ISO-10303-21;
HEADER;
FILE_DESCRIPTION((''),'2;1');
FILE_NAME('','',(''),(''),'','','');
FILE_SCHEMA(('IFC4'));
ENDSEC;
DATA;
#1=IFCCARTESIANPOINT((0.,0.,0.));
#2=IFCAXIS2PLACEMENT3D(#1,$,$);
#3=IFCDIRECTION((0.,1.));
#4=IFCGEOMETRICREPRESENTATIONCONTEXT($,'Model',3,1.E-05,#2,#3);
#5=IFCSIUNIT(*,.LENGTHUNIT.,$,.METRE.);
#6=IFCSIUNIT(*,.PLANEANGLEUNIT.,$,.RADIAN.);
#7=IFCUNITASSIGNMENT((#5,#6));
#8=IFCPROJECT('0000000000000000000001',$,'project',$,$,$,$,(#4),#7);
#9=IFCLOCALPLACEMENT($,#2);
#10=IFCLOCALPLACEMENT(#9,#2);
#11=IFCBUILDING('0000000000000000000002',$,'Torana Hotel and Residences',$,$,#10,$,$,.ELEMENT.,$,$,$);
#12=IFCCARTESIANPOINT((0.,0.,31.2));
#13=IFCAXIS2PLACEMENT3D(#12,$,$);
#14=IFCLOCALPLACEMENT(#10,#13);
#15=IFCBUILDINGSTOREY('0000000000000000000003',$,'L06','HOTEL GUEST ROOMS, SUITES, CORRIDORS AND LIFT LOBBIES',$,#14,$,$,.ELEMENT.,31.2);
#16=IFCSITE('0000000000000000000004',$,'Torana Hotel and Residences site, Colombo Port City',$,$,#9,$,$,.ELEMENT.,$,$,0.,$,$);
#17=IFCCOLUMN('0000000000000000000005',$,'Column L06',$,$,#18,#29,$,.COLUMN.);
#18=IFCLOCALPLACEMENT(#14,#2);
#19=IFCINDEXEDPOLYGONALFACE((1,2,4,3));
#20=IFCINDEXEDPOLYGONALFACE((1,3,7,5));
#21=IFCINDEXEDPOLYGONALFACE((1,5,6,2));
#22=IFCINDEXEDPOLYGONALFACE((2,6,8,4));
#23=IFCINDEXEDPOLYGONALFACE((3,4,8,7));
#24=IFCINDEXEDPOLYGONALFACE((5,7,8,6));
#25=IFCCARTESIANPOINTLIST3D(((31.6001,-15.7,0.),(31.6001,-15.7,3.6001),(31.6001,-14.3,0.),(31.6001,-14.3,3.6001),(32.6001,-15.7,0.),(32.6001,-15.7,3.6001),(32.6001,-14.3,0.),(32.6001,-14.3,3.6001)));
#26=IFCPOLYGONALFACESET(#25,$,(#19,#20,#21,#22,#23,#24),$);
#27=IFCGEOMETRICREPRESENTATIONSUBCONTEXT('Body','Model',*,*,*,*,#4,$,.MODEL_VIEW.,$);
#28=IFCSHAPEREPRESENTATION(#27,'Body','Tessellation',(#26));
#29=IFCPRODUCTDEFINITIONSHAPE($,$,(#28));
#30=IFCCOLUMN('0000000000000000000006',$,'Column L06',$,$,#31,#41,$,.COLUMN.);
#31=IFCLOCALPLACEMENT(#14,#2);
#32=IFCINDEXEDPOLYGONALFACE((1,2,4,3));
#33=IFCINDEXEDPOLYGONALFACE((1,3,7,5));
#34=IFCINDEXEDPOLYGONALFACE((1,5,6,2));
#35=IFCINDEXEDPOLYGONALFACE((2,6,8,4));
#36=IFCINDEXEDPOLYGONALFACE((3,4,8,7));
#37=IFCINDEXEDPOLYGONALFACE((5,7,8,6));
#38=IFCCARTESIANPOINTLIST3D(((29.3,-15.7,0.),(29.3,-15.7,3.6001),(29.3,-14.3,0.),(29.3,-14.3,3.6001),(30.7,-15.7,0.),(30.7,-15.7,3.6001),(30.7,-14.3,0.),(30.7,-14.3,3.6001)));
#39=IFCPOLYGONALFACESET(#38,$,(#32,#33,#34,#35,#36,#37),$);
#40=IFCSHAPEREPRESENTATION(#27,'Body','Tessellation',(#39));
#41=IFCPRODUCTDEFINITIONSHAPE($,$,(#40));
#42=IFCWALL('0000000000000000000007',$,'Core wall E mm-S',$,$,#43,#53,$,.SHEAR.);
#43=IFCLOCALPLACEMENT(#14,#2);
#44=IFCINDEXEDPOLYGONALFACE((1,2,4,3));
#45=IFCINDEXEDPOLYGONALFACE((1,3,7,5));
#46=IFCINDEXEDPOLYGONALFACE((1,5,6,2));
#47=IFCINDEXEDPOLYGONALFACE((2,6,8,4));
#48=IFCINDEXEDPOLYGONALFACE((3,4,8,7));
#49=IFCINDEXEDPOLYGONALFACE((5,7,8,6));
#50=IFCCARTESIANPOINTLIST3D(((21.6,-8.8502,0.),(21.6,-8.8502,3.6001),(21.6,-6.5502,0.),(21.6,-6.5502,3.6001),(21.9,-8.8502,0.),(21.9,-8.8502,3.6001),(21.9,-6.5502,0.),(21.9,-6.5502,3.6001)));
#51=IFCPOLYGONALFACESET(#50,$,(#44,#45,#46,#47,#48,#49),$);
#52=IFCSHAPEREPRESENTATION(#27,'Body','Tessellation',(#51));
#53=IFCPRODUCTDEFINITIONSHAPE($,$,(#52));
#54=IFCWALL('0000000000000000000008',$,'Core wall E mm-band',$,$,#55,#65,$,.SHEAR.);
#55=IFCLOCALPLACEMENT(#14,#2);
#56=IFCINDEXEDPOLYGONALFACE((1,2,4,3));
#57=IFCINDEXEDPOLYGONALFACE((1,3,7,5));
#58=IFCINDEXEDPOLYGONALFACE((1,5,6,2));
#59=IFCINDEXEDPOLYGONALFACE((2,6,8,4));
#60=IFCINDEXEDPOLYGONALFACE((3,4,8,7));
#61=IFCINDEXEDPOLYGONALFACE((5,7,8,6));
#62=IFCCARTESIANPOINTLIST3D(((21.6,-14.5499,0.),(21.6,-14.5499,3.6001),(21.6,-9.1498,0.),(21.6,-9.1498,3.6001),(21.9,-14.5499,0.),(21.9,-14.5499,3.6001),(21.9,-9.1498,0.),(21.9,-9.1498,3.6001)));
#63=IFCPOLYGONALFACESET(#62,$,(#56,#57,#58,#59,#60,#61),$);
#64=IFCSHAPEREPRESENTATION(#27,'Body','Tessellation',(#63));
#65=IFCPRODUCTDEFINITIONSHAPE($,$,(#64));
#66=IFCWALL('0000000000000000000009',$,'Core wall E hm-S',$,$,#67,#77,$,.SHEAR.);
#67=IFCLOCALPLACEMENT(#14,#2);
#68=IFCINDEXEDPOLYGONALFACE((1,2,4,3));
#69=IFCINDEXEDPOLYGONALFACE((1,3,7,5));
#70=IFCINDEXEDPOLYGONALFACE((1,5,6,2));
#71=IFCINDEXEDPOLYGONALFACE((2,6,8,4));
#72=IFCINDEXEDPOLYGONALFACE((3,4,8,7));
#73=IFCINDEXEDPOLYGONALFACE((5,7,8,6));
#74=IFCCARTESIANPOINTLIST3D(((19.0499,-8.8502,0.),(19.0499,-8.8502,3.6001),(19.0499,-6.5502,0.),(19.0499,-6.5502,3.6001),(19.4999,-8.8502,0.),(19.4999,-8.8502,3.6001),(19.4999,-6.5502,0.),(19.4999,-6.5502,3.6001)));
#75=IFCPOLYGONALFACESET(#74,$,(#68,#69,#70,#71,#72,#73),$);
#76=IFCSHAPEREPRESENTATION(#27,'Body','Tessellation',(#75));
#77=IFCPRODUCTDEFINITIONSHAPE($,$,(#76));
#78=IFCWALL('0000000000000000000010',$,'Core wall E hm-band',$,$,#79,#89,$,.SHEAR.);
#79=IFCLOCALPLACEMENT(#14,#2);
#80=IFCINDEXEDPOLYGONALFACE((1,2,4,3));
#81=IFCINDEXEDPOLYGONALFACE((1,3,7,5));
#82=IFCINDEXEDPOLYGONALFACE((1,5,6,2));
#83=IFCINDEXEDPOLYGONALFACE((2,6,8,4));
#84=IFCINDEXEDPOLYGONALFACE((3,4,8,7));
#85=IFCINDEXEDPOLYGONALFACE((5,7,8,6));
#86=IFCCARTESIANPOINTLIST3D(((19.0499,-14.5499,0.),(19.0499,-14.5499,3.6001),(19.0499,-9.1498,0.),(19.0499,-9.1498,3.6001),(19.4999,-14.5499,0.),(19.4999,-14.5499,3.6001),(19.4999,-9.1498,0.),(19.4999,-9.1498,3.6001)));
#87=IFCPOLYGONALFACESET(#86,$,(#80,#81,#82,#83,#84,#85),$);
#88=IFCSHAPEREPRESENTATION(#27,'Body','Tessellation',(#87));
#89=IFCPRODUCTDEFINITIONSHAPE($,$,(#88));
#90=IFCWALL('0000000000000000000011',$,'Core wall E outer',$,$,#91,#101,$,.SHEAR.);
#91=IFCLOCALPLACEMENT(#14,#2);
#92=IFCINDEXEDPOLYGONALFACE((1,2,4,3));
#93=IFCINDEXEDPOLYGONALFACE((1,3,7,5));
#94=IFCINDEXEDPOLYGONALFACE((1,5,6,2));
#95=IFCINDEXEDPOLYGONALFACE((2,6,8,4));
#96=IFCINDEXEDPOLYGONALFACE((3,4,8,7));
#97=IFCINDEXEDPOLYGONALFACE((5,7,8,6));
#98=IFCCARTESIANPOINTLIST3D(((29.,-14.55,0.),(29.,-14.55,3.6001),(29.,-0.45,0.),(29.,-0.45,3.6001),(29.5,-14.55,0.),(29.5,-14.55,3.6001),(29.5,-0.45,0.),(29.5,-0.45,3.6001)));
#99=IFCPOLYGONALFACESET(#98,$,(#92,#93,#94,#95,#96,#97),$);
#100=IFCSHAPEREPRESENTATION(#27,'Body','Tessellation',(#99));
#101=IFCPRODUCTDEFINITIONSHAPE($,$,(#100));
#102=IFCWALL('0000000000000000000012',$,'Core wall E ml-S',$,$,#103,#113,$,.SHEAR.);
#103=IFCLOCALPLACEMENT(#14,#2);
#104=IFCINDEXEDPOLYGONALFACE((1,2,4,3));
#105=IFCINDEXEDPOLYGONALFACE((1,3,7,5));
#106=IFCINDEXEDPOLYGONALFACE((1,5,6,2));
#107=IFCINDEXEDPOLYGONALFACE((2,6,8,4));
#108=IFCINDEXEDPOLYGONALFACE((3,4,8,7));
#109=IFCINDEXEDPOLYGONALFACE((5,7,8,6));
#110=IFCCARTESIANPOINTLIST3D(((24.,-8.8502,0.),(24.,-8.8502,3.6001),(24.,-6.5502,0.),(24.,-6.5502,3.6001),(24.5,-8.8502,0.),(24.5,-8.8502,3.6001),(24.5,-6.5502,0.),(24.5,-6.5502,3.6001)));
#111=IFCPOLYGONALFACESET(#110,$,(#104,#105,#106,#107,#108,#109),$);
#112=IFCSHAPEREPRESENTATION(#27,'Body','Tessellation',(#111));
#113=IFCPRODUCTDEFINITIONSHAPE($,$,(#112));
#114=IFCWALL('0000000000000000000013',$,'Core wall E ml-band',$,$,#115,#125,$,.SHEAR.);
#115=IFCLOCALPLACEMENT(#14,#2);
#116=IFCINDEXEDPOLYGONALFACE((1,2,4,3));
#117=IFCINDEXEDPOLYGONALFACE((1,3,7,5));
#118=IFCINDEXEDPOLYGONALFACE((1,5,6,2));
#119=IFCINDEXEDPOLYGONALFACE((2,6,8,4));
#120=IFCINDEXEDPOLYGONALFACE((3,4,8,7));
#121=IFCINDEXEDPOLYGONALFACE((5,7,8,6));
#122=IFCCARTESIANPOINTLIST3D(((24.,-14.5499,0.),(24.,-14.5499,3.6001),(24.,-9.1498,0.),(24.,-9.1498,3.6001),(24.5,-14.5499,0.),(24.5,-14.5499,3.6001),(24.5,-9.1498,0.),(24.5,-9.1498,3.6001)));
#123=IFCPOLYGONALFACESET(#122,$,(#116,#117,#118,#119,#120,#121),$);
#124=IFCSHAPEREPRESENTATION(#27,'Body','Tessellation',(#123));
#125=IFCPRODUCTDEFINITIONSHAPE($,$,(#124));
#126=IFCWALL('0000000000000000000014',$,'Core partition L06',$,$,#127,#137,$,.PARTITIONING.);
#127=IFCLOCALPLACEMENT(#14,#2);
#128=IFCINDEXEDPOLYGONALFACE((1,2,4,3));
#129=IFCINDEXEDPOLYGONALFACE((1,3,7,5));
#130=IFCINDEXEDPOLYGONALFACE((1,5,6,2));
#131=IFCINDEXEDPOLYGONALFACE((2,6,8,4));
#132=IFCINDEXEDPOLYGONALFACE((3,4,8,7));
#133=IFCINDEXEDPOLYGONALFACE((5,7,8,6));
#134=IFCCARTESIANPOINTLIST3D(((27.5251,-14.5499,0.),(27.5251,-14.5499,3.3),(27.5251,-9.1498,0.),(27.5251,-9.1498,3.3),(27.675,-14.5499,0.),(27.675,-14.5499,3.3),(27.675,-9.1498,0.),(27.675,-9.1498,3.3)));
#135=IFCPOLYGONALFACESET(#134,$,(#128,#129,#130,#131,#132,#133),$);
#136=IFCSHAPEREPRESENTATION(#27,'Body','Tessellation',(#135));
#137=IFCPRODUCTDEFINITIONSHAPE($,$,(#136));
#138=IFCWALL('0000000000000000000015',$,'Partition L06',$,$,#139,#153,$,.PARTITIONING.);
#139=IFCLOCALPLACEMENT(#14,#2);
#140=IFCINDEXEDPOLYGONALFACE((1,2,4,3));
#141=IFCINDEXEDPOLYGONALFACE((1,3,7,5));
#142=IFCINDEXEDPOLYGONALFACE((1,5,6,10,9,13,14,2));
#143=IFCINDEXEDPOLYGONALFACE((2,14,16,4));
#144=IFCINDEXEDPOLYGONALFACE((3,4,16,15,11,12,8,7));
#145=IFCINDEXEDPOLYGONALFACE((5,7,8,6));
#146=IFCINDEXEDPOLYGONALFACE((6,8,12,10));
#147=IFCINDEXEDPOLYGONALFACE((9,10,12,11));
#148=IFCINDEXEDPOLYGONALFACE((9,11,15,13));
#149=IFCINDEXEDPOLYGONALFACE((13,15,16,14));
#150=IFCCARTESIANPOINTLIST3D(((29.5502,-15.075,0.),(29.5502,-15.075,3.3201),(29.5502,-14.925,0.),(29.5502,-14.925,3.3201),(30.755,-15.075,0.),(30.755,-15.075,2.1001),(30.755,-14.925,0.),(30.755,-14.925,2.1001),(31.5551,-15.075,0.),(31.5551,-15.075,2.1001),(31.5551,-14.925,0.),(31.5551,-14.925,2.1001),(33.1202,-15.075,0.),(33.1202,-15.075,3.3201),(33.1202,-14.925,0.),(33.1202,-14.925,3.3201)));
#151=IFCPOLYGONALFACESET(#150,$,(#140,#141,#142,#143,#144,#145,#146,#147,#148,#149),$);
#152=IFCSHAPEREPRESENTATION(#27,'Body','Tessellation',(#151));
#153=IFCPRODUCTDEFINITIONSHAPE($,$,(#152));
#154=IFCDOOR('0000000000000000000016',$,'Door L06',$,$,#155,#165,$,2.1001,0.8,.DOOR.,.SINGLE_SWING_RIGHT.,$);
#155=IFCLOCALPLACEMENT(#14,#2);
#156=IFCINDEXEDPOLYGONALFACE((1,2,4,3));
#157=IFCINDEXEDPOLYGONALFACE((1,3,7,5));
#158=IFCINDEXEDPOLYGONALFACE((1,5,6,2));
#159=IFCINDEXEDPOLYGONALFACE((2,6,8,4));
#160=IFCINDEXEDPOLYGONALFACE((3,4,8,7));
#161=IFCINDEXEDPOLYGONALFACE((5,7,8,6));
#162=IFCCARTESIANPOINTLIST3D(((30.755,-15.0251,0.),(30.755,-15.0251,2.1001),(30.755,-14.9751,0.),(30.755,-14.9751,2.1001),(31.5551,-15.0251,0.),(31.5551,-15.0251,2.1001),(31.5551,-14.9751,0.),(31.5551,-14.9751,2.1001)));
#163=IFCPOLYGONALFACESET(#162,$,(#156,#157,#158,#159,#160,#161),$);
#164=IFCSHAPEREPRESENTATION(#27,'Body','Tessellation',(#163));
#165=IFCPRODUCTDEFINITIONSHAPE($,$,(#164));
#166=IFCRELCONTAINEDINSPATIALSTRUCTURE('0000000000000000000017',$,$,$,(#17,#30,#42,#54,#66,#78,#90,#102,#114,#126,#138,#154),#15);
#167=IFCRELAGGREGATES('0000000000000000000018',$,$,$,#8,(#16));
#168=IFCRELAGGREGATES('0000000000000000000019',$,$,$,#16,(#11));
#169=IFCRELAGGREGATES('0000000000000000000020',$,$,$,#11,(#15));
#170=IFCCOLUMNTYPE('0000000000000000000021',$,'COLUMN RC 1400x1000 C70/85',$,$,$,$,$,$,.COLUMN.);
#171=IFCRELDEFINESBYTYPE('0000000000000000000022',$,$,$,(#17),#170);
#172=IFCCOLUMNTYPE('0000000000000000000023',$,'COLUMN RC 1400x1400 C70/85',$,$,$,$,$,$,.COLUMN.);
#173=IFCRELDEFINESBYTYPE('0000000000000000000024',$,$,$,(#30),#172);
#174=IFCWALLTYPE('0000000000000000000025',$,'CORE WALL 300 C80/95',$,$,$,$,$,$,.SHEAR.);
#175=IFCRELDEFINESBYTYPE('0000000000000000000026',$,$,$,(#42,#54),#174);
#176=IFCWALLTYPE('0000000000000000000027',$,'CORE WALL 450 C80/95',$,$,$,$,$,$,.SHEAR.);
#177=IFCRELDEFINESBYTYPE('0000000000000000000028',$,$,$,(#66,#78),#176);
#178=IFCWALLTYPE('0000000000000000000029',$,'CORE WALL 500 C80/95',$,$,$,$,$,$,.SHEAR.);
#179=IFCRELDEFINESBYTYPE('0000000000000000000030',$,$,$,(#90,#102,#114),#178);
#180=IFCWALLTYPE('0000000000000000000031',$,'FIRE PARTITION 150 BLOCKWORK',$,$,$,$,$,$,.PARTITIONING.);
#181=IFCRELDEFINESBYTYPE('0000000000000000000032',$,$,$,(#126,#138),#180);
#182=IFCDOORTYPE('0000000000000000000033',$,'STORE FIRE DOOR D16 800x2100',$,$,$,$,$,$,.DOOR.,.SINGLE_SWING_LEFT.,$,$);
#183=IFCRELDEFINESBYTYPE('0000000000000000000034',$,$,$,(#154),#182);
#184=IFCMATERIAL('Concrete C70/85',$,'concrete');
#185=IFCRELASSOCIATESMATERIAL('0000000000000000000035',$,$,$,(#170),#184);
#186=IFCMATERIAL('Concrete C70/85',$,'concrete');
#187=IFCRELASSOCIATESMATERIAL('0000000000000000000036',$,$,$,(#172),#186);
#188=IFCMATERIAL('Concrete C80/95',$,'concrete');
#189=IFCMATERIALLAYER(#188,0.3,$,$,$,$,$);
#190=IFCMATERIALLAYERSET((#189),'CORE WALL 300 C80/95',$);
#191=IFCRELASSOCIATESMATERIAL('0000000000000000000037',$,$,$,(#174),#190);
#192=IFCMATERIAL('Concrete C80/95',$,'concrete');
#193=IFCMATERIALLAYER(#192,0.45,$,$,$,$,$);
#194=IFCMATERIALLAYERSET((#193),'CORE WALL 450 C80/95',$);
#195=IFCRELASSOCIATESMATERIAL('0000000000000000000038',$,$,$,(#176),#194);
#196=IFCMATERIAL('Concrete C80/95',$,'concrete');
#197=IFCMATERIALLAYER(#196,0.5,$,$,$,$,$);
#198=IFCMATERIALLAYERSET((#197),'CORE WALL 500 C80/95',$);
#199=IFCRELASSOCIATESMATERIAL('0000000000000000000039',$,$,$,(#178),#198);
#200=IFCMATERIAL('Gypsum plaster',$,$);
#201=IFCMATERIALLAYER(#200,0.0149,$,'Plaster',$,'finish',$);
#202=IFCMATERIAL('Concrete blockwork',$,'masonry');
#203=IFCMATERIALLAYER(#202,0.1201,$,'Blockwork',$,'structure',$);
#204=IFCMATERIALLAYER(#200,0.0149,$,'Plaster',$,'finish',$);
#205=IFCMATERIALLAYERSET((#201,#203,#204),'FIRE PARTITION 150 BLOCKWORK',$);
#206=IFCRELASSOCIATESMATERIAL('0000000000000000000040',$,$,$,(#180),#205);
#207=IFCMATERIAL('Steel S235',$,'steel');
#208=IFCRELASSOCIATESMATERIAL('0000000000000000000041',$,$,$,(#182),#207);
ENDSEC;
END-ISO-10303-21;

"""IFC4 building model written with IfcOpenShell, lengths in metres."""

from ifc_helpers import new_model, si_unit, direction, frame, frame_2d, origin, origin_2d, place, context, subcontext, project, spatial, rectangle, extrude, material, layer, layer_set, material_profile, profile_set, type_object, element, fill, save


model = new_model("IFC4")

# Units and contexts
model_context = context("Model", 3, precision=1e-05, world=origin(), true_north=direction((0.0, 1.0)))
body_context = subcontext(model_context, "Body", "Model", "MODEL_VIEW")
ifc_project = project(units=[si_unit("LENGTHUNIT", "METRE"), si_unit("PLANEANGLEUNIT", "RADIAN")], contexts=[model_context])

# Site, building, storey
site_placement = place(None, origin())
site = spatial("IfcSite", under=ifc_project, at=site_placement, Name="Torana Hotel and Residences site, Colombo Port City", CompositionType="ELEMENT", RefElevation=0.0)
building_placement = place(site_placement, origin())
building = spatial("IfcBuilding", under=site, at=building_placement, Name="Torana Hotel and Residences", CompositionType="ELEMENT")
storey_placement = place(building_placement, frame((0.0, 0.0, 31.2)))
storey = spatial("IfcBuildingStorey", under=building, at=storey_placement, Name="L06", Description="HOTEL GUEST ROOMS, SUITES, CORRIDORS AND LIFT LOBBIES", CompositionType="ELEMENT", Elevation=31.2)

# Columns
ifc_material_1 = material(Name="Concrete C70/85", Category="concrete")
ifc_material_profile_1 = material_profile(ifc_material_1, rectangle(XDim=1.3999, YDim=1.0, at=origin_2d()), Name="RC 1400x1000")
ifc_profile_set_1 = profile_set([ifc_material_profile_1], Name="Concrete C70/85")
column_type_1 = type_object("IfcColumnType", Name="COLUMN RC 1400x1000 C70/85", PredefinedType="COLUMN", material=ifc_profile_set_1)
column_1_placement = place(storey_placement, frame((32.1001, -15.0, 0.0), z_axis=(0.0, 0.0, 1.0), x_axis=(0.0, 1.0, 0.0)))
element("IfcColumn", 1, at=column_1_placement, inside=storey, type_object=column_type_1, Name="Column L06", PredefinedType="COLUMN", context=body_context, shape_type="SweptSolid", body=[
    extrude(rectangle(XDim=1.3999, YDim=1.0, at=origin_2d()), origin(), (0.0, 0.0, 1.0), 3.6001),
])
ifc_material_2 = material(Name="Concrete C70/85", Category="concrete")
ifc_material_profile_2 = material_profile(ifc_material_2, rectangle(XDim=1.3999, YDim=1.3999, at=origin_2d()), Name="RC 1400x1400")
ifc_profile_set_2 = profile_set([ifc_material_profile_2], Name="Concrete C70/85")
column_type_2 = type_object("IfcColumnType", Name="COLUMN RC 1400x1400 C70/85", PredefinedType="COLUMN", material=ifc_profile_set_2)
column_2_placement = place(storey_placement, frame((30.0, -15.0, 0.0), z_axis=(0.0, 0.0, 1.0), x_axis=(1.0, 0.0, 0.0)))
element("IfcColumn", 2, at=column_2_placement, inside=storey, type_object=column_type_2, Name="Column L06", PredefinedType="COLUMN", context=body_context, shape_type="SweptSolid", body=[
    extrude(rectangle(XDim=1.3999, YDim=1.3999, at=origin_2d()), origin(), (0.0, 0.0, 1.0), 3.6001),
])

# Walls
ifc_material_3 = material(Name="Concrete C80/95", Category="concrete")
ifc_layer_1 = layer(ifc_material_3, 0.3)
ifc_layer_set_1 = layer_set([ifc_layer_1], Name="CORE WALL 300 C80/95")
wall_type_1 = type_object("IfcWallType", Name="CORE WALL 300 C80/95", PredefinedType="SHEAR", material=ifc_layer_set_1)
wall_1_placement = place(storey_placement, frame((21.75, -8.8501, 0.0), z_axis=(0.0, 0.0, 1.0), x_axis=(0.0, 1.0, 0.0)))
element("IfcWall", 3, at=wall_1_placement, inside=storey, type_object=wall_type_1, Name="Core wall E mm-S", PredefinedType="SHEAR", context=body_context, shape_type="SweptSolid", body=[
    extrude(rectangle(XDim=2.3, YDim=0.3, at=frame_2d((1.1499, 0.0))), origin(), (0.0, 0.0, 1.0), 3.6001),
])
wall_2_placement = place(storey_placement, frame((21.75, -14.55, 0.0), z_axis=(0.0, 0.0, 1.0), x_axis=(0.0, 1.0, 0.0)))
element("IfcWall", 4, at=wall_2_placement, inside=storey, type_object=wall_type_1, Name="Core wall E mm-band", PredefinedType="SHEAR", context=body_context, shape_type="SweptSolid", body=[
    extrude(rectangle(XDim=5.4001, YDim=0.3, at=frame_2d((2.7002, 0.0))), origin(), (0.0, 0.0, 1.0), 3.6001),
])
ifc_material_4 = material(Name="Concrete C80/95", Category="concrete")
ifc_layer_2 = layer(ifc_material_4, 0.45)
ifc_layer_set_2 = layer_set([ifc_layer_2], Name="CORE WALL 450 C80/95")
wall_type_2 = type_object("IfcWallType", Name="CORE WALL 450 C80/95", PredefinedType="SHEAR", material=ifc_layer_set_2)
wall_3_placement = place(storey_placement, frame((19.2749, -8.8501, 0.0), z_axis=(0.0, 0.0, 1.0), x_axis=(0.0, 1.0, 0.0)))
element("IfcWall", 5, at=wall_3_placement, inside=storey, type_object=wall_type_2, Name="Core wall E hm-S", PredefinedType="SHEAR", context=body_context, shape_type="SweptSolid", body=[
    extrude(rectangle(XDim=2.3, YDim=0.45, at=frame_2d((1.1499, 0.0))), origin(), (0.0, 0.0, 1.0), 3.6001),
])
wall_4_placement = place(storey_placement, frame((19.2749, -14.55, 0.0), z_axis=(0.0, 0.0, 1.0), x_axis=(0.0, 1.0, 0.0)))
element("IfcWall", 6, at=wall_4_placement, inside=storey, type_object=wall_type_2, Name="Core wall E hm-band", PredefinedType="SHEAR", context=body_context, shape_type="SweptSolid", body=[
    extrude(rectangle(XDim=5.4001, YDim=0.45, at=frame_2d((2.7002, 0.0))), origin(), (0.0, 0.0, 1.0), 3.6001),
])
ifc_material_5 = material(Name="Concrete C80/95", Category="concrete")
ifc_layer_3 = layer(ifc_material_5, 0.5)
ifc_layer_set_3 = layer_set([ifc_layer_3], Name="CORE WALL 500 C80/95")
wall_type_3 = type_object("IfcWallType", Name="CORE WALL 500 C80/95", PredefinedType="SHEAR", material=ifc_layer_set_3)
wall_5_placement = place(storey_placement, frame((29.25, -14.55, 0.0), z_axis=(0.0, 0.0, 1.0), x_axis=(0.0, 1.0, 0.0)))
element("IfcWall", 7, at=wall_5_placement, inside=storey, type_object=wall_type_3, Name="Core wall E outer", PredefinedType="SHEAR", context=body_context, shape_type="SweptSolid", body=[
    extrude(rectangle(XDim=14.1001, YDim=0.5, at=frame_2d((7.05, 0.0))), origin(), (0.0, 0.0, 1.0), 3.6001),
])
wall_6_placement = place(storey_placement, frame((24.25, -8.8501, 0.0), z_axis=(0.0, 0.0, 1.0), x_axis=(0.0, 1.0, 0.0)))
element("IfcWall", 8, at=wall_6_placement, inside=storey, type_object=wall_type_3, Name="Core wall E ml-S", PredefinedType="SHEAR", context=body_context, shape_type="SweptSolid", body=[
    extrude(rectangle(XDim=2.3, YDim=0.5, at=frame_2d((1.1499, 0.0))), origin(), (0.0, 0.0, 1.0), 3.6001),
])
wall_7_placement = place(storey_placement, frame((24.25, -14.55, 0.0), z_axis=(0.0, 0.0, 1.0), x_axis=(0.0, 1.0, 0.0)))
element("IfcWall", 9, at=wall_7_placement, inside=storey, type_object=wall_type_3, Name="Core wall E ml-band", PredefinedType="SHEAR", context=body_context, shape_type="SweptSolid", body=[
    extrude(rectangle(XDim=5.4001, YDim=0.5, at=frame_2d((2.7002, 0.0))), origin(), (0.0, 0.0, 1.0), 3.6001),
])
ifc_material_6 = material(Name="Gypsum plaster")
ifc_layer_4 = layer(ifc_material_6, 0.0149, Name="Plaster", Category="finish")
ifc_material_7 = material(Name="Concrete blockwork", Category="masonry")
ifc_layer_5 = layer(ifc_material_7, 0.1201, Name="Blockwork", Category="structure")
ifc_layer_6 = layer(ifc_material_6, 0.0149, Name="Plaster", Category="finish")
ifc_layer_set_4 = layer_set([ifc_layer_4, ifc_layer_5, ifc_layer_6], Name="FIRE PARTITION 150 BLOCKWORK")
wall_type_4 = type_object("IfcWallType", Name="FIRE PARTITION 150 BLOCKWORK", PredefinedType="PARTITIONING", material=ifc_layer_set_4)
wall_8_placement = place(storey_placement, frame((27.6001, -14.55, 0.0), z_axis=(0.0, 0.0, 1.0), x_axis=(0.0, 1.0, 0.0)))
element("IfcWall", 10, at=wall_8_placement, inside=storey, type_object=wall_type_4, Name="Core partition L06", PredefinedType="PARTITIONING", context=body_context, shape_type="SweptSolid", body=[
    extrude(rectangle(XDim=5.4001, YDim=0.1499, at=frame_2d((2.7002, 0.0))), origin(), (0.0, 0.0, 1.0), 3.3),
])

# Wall, opening, door
wall_9_placement = place(storey_placement, frame((29.55, -15.0, 0.0), z_axis=(0.0, 0.0, 1.0), x_axis=(1.0, 0.0, 0.0)))
wall_9 = element("IfcWall", 11, at=wall_9_placement, inside=storey, type_object=wall_type_4, Name="Partition L06", PredefinedType="PARTITIONING", context=body_context, shape_type="SweptSolid", body=[
    extrude(rectangle(XDim=3.5701, YDim=0.1499, at=frame_2d((1.7852, 0.0))), origin(), (0.0, 0.0, 1.0), 3.3201),
])
opening_placement = place(wall_9_placement, frame((1.2051, 0.0, 0.0)))
opening = element("IfcOpeningElement", 12, at=opening_placement, cuts=wall_9, PredefinedType="OPENING", context=body_context, shape_type="SweptSolid", body=[
    extrude(rectangle(XDim=0.8, YDim=2.1001, at=frame_2d((0.3999, 1.05))), frame((0.0, 0.085, 0.0), z_axis=(0.0, -1.0, 0.0), x_axis=(1.0, 0.0, 0.0)), (0.0, 0.0, 1.0), 0.1699),
])
ifc_material_8 = material(Name="Steel S235", Category="steel")
door_type = type_object("IfcDoorType", Name="STORE FIRE DOOR D16 800x2100", OperationType="SINGLE_SWING_LEFT", PredefinedType="DOOR", material=ifc_material_8)
door_placement = place(opening_placement, origin())
door = element("IfcDoor", 13, at=door_placement, inside=storey, type_object=door_type, Name="Door L06", OperationType="SINGLE_SWING_RIGHT", OverallHeight=2.1001, OverallWidth=0.8, PredefinedType="DOOR", context=body_context, shape_type="SweptSolid", body=[
    extrude(rectangle(XDim=0.8, YDim=2.1001, at=frame_2d((0.3999, 1.05))), frame((0.0, 0.0249, 0.0), z_axis=(0.0, -1.0, 0.0), x_axis=(1.0, 0.0, 0.0)), (0.0, 0.0, 1.0), 0.05),
])
fill(opening, door)

save(model, "model.ifc")
